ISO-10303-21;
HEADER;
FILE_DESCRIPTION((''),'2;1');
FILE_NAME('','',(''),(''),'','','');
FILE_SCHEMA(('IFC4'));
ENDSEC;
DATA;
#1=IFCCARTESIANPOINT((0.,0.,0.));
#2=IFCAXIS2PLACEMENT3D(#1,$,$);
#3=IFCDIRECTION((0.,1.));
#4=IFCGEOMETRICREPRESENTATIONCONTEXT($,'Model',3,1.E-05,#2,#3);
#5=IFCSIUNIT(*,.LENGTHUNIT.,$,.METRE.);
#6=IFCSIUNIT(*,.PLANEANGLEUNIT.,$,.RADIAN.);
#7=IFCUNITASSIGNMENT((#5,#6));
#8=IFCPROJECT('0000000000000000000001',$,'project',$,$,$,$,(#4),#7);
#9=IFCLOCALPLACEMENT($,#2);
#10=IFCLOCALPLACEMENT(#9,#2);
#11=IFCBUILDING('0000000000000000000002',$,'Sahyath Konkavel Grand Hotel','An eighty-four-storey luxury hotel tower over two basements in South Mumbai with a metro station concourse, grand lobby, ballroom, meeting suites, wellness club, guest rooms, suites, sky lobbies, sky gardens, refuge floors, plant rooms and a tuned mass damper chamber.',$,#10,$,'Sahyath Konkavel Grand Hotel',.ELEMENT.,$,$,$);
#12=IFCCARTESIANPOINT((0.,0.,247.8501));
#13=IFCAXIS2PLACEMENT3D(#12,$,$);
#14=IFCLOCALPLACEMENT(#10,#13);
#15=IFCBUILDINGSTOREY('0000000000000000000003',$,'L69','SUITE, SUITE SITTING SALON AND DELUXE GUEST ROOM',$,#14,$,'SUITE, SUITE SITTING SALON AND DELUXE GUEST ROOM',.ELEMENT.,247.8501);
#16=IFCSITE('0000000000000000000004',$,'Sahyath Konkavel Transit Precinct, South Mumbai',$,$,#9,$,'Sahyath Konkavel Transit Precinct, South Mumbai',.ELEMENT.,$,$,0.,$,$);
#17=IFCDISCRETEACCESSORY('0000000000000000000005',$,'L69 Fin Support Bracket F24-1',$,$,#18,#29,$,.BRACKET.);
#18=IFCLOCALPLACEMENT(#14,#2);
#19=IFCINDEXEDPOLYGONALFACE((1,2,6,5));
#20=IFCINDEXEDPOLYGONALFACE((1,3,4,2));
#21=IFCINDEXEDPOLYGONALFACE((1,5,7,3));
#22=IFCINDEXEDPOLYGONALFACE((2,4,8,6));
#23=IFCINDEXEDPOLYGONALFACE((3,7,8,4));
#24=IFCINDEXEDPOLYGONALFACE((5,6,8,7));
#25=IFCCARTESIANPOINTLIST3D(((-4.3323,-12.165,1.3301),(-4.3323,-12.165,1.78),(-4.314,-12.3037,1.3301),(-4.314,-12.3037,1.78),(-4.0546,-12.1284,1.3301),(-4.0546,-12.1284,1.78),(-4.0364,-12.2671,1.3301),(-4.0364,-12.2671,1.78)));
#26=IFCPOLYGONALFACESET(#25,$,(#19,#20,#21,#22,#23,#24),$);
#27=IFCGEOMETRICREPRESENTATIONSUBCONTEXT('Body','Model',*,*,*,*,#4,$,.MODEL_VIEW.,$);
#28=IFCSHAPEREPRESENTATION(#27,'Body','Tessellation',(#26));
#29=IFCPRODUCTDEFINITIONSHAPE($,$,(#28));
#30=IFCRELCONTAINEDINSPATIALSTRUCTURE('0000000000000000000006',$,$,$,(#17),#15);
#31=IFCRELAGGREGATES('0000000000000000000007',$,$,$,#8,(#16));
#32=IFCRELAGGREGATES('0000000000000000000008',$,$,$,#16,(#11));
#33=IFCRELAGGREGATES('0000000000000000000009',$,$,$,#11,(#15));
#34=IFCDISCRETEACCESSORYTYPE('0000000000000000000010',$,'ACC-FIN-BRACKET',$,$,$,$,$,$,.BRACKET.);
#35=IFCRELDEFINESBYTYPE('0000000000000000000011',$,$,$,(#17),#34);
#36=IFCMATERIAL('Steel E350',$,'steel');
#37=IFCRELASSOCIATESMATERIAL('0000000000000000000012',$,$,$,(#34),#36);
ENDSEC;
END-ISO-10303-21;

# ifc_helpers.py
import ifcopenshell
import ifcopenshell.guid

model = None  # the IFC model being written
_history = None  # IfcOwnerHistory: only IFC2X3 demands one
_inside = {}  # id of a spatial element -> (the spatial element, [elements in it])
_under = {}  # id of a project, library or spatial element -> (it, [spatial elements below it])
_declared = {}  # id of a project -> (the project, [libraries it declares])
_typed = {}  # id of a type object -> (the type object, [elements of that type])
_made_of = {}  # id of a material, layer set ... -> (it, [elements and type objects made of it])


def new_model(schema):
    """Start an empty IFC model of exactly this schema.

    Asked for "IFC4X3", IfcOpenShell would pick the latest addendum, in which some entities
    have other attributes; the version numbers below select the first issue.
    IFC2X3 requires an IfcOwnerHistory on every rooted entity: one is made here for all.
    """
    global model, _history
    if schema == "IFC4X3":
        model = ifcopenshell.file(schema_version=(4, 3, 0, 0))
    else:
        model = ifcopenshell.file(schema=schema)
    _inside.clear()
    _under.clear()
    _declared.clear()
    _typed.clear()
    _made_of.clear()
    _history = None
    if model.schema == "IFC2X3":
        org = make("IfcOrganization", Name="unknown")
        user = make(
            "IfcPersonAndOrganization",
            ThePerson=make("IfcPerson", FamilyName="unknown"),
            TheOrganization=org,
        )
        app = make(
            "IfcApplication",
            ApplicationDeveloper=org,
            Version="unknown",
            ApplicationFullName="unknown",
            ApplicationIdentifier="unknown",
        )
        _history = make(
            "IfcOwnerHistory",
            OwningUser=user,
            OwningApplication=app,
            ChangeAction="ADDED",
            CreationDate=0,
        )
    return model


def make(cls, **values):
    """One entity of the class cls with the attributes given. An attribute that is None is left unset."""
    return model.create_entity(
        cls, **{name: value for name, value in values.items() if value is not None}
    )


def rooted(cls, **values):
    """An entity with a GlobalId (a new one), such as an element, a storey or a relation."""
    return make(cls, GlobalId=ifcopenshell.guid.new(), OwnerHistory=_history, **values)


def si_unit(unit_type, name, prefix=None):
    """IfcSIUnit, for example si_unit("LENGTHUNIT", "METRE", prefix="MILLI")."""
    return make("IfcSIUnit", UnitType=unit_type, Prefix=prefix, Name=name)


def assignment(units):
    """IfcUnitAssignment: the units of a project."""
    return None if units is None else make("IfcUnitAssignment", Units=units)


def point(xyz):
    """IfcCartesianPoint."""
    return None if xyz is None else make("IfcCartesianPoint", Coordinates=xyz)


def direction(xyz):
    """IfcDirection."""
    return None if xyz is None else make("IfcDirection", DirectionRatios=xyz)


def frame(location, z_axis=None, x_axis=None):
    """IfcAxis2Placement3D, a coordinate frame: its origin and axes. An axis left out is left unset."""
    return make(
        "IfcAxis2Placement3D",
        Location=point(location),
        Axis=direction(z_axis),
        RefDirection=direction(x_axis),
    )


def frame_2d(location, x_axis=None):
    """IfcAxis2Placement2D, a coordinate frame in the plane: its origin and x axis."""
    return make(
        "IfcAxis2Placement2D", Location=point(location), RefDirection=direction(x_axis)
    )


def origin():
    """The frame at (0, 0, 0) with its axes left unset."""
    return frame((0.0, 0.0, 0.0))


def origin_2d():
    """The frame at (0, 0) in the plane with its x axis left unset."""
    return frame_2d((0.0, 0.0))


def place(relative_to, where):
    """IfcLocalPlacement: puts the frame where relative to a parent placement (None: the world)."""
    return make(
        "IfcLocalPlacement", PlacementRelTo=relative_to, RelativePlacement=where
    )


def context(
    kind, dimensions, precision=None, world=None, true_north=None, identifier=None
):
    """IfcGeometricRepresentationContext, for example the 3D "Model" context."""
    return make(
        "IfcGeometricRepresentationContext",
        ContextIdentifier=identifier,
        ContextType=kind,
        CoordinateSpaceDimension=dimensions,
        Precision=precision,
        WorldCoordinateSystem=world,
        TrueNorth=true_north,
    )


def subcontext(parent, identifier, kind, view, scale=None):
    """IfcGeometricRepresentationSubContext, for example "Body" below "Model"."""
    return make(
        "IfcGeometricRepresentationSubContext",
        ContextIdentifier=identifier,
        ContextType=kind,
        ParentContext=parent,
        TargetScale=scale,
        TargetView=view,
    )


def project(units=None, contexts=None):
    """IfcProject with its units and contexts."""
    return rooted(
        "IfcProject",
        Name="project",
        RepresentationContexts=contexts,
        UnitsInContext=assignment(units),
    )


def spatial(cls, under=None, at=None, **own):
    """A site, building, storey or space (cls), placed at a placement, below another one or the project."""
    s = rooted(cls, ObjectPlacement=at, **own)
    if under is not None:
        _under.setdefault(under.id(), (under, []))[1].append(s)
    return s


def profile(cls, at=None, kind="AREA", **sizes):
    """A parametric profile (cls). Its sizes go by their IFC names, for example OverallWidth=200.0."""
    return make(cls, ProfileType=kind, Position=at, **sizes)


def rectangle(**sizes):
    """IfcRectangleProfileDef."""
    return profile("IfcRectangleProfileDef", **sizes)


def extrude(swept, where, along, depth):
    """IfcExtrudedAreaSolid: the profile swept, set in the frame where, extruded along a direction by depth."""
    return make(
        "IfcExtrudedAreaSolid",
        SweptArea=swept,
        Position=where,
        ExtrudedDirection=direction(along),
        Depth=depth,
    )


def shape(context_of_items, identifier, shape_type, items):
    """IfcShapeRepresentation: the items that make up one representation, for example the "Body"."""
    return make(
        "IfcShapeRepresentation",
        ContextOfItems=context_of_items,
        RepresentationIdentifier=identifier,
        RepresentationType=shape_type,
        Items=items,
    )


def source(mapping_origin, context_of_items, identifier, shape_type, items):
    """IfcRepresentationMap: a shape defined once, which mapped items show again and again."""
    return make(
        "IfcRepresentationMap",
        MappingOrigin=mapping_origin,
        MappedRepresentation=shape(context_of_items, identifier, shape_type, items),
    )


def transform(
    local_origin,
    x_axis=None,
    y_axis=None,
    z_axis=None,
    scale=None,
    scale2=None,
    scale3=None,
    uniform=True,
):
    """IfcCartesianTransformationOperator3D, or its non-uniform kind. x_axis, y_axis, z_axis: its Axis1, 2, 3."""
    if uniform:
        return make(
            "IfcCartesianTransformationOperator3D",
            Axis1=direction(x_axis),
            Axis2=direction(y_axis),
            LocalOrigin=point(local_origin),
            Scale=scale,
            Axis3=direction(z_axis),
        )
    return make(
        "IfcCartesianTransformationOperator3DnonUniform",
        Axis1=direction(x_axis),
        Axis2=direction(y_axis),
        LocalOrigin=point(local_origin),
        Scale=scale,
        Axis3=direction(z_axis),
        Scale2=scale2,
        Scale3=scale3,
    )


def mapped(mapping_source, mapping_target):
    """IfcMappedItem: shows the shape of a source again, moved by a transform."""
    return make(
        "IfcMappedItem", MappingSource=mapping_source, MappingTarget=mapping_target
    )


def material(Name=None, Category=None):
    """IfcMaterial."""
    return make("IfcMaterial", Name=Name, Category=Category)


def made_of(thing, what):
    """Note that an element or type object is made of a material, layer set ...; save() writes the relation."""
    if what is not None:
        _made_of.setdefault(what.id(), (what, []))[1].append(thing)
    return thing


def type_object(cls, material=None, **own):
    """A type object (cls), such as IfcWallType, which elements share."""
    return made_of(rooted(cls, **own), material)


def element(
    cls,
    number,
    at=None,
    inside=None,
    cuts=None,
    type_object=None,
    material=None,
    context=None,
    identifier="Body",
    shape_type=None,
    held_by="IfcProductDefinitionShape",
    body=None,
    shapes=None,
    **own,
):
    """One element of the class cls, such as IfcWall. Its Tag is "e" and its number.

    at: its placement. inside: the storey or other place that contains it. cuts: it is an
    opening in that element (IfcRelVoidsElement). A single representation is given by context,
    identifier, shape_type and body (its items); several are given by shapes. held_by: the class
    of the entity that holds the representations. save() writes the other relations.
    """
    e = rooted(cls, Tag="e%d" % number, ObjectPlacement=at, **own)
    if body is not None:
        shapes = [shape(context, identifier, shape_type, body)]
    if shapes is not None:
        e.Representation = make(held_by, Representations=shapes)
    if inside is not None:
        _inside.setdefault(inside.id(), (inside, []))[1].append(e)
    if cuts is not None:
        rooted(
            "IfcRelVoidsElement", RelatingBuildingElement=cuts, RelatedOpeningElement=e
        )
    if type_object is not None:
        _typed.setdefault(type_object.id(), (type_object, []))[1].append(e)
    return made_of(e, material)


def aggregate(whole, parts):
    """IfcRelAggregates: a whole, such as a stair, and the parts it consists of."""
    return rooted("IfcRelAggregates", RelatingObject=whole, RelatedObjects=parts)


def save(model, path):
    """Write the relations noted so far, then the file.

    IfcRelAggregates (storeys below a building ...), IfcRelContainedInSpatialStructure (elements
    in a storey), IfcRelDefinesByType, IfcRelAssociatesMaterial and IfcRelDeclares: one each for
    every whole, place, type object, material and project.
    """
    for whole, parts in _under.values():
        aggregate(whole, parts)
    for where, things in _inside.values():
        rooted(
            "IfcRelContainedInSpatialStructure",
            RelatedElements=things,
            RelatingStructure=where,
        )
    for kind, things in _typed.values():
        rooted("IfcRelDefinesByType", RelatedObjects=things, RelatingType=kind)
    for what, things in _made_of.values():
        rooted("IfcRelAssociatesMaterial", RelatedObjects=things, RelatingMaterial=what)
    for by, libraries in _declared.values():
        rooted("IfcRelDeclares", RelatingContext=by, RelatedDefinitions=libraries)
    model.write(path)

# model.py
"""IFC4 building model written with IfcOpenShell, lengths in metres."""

from ifc_helpers import new_model, si_unit, direction, frame, origin, origin_2d, place, context, subcontext, project, spatial, rectangle, extrude, source, transform, mapped, material, type_object, element, save


model = new_model("IFC4")

# Units and contexts
model_context = context("Model", 3, precision=1e-05, world=origin(), true_north=direction((0.0, 1.0)))
body_context = subcontext(model_context, "Body", "Model", "MODEL_VIEW")
ifc_project = project(units=[si_unit("LENGTHUNIT", "METRE"), si_unit("PLANEANGLEUNIT", "RADIAN")], contexts=[model_context])

# Site, building, storey
site_placement = place(None, origin())
site = spatial("IfcSite", under=ifc_project, at=site_placement, Name="Sahyath Konkavel Transit Precinct, South Mumbai", LongName="Sahyath Konkavel Transit Precinct, South Mumbai", CompositionType="ELEMENT", RefElevation=0.0)
building_placement = place(site_placement, origin())
building = spatial("IfcBuilding", under=site, at=building_placement, Name="Sahyath Konkavel Grand Hotel", Description="An eighty-four-storey luxury hotel tower over two basements in South Mumbai with a metro station concourse, grand lobby, ballroom, meeting suites, wellness club, guest rooms, suites, sky lobbies, sky gardens, refuge floors, plant rooms and a tuned mass damper chamber.", LongName="Sahyath Konkavel Grand Hotel", CompositionType="ELEMENT")
storey_placement = place(building_placement, frame((0.0, 0.0, 247.8501)))
storey = spatial("IfcBuildingStorey", under=building, at=storey_placement, Name="L69", Description="SUITE, SUITE SITTING SALON AND DELUXE GUEST ROOM", LongName="SUITE, SUITE SITTING SALON AND DELUXE GUEST ROOM", CompositionType="ELEMENT", Elevation=247.8501)

# Discrete accessory
ifc_material_1 = material(Name="Steel E350", Category="steel")
discrete_accessory_type = type_object("IfcDiscreteAccessoryType", Name="ACC-FIN-BRACKET", PredefinedType="BRACKET", material=ifc_material_1)
shared_shape_1 = source(origin(), body_context, "Body", "SweptSolid", [
    extrude(rectangle(XDim=0.28, YDim=0.1399, at=origin_2d()), origin(), (0.0, 0.0, 1.0), 0.45),
])
for number, where, z_axis, x_axis, name in (
    (1, (-4.1843, -12.2161, 1.3301), (0.0, 0.0, 1.0), (-0.991445, -0.130526, 0.0), "L69 Fin Support Bracket F24-1"),
):
    element("IfcDiscreteAccessory", number, at=place(storey_placement, frame(where, z_axis=z_axis, x_axis=x_axis)), inside=storey, type_object=discrete_accessory_type, Name=name, PredefinedType="BRACKET", context=body_context, shape_type="MappedRepresentation", body=[
        mapped(shared_shape_1, transform((0.0, 0.0, 0.0), scale=1.0)),
    ])

save(model, "model.ifc")
